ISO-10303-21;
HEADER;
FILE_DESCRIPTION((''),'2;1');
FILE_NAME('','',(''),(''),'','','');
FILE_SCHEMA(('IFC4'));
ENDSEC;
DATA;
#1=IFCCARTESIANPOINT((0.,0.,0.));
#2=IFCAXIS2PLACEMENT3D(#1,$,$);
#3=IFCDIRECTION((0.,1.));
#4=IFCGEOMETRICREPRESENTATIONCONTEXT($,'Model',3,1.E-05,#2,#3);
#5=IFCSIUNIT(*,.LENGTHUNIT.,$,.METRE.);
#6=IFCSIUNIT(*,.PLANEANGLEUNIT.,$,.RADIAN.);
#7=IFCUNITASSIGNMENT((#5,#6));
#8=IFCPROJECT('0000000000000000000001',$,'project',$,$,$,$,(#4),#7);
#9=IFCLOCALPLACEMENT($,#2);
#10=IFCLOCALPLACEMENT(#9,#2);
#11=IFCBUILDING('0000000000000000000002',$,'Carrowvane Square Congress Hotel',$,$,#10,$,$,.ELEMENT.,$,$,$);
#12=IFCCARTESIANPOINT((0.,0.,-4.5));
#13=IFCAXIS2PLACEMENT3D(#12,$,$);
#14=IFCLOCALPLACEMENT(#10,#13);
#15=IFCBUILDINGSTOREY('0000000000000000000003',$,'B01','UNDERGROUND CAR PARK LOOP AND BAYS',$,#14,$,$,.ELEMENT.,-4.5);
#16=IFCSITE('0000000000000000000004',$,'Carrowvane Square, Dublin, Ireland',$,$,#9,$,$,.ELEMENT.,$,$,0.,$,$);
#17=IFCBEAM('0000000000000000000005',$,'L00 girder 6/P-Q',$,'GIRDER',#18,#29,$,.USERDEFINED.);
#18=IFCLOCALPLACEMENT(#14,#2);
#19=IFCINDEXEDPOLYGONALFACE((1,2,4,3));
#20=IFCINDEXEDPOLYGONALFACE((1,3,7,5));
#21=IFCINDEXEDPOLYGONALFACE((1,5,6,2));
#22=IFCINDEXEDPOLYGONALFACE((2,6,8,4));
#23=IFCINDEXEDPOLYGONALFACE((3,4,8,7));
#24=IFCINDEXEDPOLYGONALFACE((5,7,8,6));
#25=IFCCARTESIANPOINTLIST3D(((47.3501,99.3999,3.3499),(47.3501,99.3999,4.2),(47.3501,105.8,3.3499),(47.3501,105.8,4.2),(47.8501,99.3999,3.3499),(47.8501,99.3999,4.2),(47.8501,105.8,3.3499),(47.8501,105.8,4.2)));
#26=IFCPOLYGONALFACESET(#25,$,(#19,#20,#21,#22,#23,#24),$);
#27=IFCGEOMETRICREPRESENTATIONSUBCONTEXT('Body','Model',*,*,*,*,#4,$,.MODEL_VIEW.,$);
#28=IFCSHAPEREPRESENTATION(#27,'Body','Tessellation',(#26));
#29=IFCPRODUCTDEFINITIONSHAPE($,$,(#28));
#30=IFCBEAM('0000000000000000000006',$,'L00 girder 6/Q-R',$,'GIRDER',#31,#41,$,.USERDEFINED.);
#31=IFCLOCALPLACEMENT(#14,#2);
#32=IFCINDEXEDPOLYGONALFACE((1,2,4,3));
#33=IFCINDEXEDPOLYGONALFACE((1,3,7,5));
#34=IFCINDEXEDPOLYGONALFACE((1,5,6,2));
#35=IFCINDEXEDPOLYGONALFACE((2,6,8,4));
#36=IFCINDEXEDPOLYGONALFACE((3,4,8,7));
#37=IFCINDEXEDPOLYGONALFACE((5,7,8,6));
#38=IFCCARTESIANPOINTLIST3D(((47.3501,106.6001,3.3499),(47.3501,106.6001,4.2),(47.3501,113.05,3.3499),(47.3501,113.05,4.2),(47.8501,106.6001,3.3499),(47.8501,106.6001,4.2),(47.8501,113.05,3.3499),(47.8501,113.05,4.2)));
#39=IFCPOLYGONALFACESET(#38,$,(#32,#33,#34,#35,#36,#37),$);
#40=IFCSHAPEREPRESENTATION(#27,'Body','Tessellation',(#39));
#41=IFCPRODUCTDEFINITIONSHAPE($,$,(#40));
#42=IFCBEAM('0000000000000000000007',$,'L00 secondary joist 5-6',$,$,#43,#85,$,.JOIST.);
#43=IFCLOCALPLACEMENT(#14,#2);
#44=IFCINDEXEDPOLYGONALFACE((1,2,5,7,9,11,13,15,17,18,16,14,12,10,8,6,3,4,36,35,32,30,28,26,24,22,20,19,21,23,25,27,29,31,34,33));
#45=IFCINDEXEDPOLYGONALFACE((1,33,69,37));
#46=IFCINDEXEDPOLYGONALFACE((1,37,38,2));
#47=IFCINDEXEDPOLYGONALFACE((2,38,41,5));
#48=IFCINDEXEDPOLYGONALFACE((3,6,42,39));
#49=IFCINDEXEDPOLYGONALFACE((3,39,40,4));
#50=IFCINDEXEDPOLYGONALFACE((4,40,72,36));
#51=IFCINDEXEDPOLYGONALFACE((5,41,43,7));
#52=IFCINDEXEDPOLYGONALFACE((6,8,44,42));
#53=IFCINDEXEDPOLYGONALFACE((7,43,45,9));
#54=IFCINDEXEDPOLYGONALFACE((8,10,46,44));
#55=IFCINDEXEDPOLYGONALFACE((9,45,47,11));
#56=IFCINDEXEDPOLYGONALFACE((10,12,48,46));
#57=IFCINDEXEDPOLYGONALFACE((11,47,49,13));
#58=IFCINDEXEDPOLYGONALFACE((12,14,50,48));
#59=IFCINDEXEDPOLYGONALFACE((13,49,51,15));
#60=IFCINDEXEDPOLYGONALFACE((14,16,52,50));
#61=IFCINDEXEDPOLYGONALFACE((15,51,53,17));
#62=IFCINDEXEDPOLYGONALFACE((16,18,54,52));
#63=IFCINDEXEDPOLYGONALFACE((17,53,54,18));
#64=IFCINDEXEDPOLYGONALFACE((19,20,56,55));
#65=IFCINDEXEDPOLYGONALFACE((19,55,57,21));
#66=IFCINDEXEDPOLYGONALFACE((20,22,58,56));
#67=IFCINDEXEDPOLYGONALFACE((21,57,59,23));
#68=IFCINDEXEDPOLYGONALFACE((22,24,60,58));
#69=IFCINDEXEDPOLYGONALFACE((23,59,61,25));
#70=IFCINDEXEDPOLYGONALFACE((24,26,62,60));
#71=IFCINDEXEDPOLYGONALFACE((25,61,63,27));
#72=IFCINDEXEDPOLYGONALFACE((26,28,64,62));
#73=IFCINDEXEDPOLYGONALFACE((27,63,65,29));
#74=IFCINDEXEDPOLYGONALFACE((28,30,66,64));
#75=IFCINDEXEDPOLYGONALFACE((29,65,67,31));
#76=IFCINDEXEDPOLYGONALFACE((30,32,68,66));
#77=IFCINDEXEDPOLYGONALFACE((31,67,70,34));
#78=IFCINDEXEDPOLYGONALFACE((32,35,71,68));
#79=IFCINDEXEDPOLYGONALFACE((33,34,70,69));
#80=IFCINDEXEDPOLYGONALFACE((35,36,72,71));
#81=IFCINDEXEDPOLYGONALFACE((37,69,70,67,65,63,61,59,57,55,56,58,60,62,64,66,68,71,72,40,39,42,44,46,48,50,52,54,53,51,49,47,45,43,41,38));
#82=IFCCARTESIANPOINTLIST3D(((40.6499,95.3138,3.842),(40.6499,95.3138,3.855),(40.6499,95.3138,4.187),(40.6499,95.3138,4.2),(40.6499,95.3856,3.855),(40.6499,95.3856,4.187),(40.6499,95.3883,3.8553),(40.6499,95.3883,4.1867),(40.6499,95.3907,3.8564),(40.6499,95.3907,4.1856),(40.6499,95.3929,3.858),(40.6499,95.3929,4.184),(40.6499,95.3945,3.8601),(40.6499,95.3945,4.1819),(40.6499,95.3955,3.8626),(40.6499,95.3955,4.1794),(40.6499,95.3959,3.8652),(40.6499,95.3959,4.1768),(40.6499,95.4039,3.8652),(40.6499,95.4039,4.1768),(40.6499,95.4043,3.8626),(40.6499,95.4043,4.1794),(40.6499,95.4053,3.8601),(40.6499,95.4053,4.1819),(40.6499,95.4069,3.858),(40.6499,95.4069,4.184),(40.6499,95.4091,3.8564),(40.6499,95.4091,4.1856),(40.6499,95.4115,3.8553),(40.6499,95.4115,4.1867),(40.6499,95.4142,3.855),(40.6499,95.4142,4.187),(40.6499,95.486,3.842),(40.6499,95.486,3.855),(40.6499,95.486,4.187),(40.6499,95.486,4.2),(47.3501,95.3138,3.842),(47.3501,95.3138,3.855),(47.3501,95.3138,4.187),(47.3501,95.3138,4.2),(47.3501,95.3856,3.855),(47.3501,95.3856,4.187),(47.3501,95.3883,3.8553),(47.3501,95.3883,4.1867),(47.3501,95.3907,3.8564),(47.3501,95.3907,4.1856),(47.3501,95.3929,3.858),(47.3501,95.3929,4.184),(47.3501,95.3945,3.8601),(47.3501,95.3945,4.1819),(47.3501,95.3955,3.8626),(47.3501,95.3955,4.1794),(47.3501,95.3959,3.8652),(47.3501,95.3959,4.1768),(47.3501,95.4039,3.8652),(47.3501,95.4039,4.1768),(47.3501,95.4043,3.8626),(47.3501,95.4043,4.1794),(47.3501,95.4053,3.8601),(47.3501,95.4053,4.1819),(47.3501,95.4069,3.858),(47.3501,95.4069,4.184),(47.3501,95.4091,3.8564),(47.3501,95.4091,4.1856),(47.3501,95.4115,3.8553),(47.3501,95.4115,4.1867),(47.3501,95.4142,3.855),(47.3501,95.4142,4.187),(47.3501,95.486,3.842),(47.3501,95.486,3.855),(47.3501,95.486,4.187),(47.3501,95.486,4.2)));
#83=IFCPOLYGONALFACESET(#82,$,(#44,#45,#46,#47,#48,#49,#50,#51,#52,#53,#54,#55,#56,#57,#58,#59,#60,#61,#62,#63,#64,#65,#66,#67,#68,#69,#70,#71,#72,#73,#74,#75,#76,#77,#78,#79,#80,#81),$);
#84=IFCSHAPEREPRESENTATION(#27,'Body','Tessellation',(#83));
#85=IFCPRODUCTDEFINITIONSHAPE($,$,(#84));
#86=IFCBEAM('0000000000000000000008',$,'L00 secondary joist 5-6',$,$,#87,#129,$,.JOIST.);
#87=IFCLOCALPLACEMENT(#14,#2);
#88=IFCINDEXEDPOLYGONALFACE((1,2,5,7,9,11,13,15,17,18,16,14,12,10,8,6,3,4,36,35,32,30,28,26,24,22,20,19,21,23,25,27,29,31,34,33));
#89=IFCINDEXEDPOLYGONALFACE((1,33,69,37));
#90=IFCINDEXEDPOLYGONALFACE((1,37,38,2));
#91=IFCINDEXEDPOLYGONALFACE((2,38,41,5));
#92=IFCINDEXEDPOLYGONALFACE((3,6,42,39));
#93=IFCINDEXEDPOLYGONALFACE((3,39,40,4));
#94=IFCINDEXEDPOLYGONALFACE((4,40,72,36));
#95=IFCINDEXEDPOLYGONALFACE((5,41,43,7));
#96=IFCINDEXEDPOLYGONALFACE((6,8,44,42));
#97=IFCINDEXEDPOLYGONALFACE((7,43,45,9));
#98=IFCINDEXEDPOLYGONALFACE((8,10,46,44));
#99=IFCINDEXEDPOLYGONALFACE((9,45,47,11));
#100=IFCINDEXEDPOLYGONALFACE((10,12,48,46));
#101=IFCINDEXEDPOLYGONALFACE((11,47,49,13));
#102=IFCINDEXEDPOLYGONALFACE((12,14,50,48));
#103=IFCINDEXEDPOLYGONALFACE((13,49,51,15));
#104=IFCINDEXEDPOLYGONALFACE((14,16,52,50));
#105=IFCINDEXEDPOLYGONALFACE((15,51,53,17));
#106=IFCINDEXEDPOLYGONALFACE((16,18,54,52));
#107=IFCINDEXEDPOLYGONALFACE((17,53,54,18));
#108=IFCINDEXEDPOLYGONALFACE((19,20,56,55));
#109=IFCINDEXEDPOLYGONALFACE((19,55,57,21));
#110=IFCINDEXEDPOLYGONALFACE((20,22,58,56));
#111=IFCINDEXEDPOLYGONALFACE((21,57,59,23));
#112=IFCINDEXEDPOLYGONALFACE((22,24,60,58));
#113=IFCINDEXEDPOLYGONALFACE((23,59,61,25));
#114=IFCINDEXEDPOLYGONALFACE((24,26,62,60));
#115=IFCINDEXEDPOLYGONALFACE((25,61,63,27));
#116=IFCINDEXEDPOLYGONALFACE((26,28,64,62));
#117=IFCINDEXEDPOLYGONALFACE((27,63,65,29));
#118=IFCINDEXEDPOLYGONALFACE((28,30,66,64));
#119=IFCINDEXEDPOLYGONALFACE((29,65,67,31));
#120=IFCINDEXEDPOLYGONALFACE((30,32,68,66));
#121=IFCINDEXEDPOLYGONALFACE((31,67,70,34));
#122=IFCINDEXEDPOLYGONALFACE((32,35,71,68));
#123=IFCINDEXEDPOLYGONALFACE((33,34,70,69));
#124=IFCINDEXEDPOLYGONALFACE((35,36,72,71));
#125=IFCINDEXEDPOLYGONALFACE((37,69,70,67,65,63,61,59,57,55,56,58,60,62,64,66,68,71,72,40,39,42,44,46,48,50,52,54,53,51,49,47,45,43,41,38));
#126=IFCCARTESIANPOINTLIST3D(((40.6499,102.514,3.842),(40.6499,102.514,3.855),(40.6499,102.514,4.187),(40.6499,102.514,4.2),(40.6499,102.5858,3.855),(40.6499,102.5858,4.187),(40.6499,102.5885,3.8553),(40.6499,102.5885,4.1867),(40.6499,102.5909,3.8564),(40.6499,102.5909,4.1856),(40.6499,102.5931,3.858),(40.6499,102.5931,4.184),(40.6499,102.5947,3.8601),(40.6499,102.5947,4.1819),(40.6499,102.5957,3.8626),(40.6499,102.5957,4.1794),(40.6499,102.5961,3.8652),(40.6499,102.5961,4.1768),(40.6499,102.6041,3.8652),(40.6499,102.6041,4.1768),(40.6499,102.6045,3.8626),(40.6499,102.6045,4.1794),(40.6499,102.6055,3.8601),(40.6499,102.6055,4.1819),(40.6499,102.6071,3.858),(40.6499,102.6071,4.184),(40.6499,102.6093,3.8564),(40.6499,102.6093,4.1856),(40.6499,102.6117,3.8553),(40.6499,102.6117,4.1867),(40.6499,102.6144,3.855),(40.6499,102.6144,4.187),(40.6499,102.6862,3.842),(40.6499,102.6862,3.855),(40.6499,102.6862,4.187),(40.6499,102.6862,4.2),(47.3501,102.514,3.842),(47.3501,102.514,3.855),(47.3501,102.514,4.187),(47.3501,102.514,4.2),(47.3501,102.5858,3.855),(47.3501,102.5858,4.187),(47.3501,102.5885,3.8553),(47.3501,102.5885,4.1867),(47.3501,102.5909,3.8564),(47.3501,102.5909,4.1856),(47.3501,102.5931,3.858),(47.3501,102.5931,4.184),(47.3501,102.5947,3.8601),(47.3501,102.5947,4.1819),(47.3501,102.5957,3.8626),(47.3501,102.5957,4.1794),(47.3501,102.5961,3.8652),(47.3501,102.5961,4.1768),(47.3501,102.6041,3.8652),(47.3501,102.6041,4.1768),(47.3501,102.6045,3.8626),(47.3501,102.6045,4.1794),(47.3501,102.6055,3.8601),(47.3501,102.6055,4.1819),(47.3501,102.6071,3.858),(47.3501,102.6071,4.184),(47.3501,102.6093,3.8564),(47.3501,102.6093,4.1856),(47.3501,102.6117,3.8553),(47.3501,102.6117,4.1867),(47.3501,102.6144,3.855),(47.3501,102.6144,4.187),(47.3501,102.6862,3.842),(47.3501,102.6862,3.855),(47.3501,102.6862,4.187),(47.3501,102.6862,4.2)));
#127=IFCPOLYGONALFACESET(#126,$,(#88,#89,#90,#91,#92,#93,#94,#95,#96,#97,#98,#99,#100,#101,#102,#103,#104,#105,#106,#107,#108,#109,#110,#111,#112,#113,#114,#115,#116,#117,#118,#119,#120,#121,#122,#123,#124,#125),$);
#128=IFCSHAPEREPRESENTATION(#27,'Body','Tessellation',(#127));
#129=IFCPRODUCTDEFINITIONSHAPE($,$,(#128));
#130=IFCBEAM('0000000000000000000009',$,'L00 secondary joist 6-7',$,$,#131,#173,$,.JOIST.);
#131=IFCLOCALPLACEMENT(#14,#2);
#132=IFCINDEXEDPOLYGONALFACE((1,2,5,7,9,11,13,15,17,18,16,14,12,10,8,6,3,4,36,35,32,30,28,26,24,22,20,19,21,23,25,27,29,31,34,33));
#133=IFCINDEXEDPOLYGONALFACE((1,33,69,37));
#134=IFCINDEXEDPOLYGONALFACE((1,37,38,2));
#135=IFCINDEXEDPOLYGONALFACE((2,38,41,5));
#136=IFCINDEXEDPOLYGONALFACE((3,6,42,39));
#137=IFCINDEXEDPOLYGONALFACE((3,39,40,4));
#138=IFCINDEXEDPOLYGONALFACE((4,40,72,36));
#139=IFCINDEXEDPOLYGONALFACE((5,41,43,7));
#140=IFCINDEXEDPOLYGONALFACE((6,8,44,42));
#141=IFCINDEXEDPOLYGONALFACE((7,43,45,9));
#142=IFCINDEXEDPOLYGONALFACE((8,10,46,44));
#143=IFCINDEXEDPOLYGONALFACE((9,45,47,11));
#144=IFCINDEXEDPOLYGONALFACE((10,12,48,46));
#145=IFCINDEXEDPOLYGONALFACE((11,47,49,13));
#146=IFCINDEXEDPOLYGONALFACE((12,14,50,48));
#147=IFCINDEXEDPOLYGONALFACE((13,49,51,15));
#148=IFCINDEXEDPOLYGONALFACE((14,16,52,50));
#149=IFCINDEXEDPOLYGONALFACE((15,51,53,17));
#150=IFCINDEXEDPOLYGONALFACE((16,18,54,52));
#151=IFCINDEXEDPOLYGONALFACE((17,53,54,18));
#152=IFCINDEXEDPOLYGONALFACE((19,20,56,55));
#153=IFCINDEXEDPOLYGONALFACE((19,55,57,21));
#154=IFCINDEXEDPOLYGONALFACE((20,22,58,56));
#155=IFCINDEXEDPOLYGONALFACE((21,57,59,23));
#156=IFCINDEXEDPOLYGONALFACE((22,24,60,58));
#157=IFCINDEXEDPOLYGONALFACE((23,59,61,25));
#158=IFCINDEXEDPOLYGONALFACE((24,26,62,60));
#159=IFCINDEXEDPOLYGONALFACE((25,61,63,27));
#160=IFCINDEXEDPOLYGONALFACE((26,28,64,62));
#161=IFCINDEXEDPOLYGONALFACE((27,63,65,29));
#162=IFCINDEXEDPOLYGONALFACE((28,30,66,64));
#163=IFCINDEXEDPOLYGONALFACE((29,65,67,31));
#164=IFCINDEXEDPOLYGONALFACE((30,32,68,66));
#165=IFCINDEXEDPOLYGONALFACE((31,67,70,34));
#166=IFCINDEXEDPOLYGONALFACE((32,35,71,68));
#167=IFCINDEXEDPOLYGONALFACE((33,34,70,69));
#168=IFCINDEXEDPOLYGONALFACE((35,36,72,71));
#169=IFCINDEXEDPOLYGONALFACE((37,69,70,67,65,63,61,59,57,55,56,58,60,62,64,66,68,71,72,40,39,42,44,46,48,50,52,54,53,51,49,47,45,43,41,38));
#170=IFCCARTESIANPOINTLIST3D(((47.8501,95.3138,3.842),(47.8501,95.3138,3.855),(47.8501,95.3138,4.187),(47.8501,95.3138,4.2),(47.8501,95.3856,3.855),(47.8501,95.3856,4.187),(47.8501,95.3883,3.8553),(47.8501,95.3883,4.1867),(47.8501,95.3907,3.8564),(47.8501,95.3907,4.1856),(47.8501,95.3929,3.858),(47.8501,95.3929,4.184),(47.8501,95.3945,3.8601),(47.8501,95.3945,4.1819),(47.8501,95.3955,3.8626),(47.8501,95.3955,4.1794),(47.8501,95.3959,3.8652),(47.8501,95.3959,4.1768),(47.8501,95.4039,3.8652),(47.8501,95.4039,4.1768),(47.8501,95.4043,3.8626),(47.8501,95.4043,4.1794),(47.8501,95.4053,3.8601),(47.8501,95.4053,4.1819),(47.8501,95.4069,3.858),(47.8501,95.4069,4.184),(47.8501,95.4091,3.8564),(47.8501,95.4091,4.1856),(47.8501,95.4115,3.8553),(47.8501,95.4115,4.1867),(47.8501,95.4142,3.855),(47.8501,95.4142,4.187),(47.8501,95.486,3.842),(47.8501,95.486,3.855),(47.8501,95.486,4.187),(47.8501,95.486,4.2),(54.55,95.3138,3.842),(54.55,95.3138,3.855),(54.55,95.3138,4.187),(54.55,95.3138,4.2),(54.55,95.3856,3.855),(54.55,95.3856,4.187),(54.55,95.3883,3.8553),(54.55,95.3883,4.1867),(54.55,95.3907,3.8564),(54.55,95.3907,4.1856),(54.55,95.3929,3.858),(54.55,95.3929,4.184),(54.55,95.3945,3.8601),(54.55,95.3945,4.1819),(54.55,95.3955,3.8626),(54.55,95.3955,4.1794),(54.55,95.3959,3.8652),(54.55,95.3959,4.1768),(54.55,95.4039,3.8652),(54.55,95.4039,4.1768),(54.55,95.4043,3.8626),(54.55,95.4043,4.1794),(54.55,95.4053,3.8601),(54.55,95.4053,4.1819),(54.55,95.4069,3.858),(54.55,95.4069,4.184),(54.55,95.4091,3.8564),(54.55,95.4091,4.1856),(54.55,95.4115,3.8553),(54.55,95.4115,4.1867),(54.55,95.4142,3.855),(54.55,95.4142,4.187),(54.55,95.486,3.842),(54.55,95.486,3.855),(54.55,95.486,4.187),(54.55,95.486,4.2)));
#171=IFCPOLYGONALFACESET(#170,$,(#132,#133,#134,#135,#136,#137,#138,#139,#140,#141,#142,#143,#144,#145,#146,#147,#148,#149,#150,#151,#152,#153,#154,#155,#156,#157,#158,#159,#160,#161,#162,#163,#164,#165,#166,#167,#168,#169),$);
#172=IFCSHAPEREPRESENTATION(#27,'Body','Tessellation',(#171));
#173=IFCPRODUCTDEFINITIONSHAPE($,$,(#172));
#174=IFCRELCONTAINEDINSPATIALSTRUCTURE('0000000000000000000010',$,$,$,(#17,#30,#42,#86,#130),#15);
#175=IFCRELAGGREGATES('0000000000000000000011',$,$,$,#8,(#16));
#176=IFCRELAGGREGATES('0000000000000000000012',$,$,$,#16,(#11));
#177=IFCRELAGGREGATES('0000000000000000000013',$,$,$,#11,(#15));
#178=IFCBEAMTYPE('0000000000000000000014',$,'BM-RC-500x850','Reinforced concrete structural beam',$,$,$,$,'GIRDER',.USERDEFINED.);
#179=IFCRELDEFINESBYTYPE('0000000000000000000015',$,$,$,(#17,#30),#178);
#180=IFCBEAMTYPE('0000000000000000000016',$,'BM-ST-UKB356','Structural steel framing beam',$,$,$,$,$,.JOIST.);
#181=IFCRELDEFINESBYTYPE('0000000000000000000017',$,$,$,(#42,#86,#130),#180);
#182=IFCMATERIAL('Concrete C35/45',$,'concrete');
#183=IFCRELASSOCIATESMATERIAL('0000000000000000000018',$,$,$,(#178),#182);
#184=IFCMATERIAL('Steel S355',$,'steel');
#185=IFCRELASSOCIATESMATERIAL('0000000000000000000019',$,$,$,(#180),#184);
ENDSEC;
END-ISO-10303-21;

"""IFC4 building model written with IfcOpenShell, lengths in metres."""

from ifc_helpers import new_model, si_unit, direction, frame, origin, origin_2d, place, context, subcontext, project, spatial, rectangle, i_section, extrude, material, material_profile, profile_set, type_object, element, save


model = new_model("IFC4")

# Units and contexts
model_context = context("Model", 3, precision=1e-05, world=origin(), true_north=direction((0.0, 1.0)))
body_context = subcontext(model_context, "Body", "Model", "MODEL_VIEW")
ifc_project = project(units=[si_unit("LENGTHUNIT", "METRE"), si_unit("PLANEANGLEUNIT", "RADIAN")], contexts=[model_context])

# Site, building, storey
site_placement = place(None, origin())
site = spatial("IfcSite", under=ifc_project, at=site_placement, Name="Carrowvane Square, Dublin, Ireland", CompositionType="ELEMENT", RefElevation=0.0)
building_placement = place(site_placement, origin())
building = spatial("IfcBuilding", under=site, at=building_placement, Name="Carrowvane Square Congress Hotel", CompositionType="ELEMENT")
storey_placement = place(building_placement, frame((0.0, 0.0, -4.5)))
storey = spatial("IfcBuildingStorey", under=building, at=storey_placement, Name="B01", Description="UNDERGROUND CAR PARK LOOP AND BAYS", CompositionType="ELEMENT", Elevation=-4.5)

# Beams
ifc_material_1 = material(Name="Concrete C35/45", Category="concrete")
ifc_material_profile_1 = material_profile(ifc_material_1, rectangle(XDim=0.5, YDim=0.8501, at=origin_2d()), Name="RC 500x850")
ifc_profile_set_1 = profile_set([ifc_material_profile_1], Name="Concrete C35/45")
beam_type_1 = type_object("IfcBeamType", Name="BM-RC-500x850", Description="Reinforced concrete structural beam", ElementType="GIRDER", PredefinedType="USERDEFINED", material=ifc_profile_set_1)
beam_1_placement = place(storey_placement, frame((47.6001, 99.3999, 3.7749), z_axis=(0.0, 1.0, 0.0), x_axis=(-1.0, 0.0, 0.0)))
element("IfcBeam", 1, at=beam_1_placement, inside=storey, type_object=beam_type_1, Name="L00 girder 6/P-Q", ObjectType="GIRDER", PredefinedType="USERDEFINED", context=body_context, shape_type="SweptSolid", body=[
    extrude(rectangle(XDim=0.5, YDim=0.8501, at=origin_2d()), origin(), (0.0, 0.0, 1.0), 6.4001),
])
beam_2_placement = place(storey_placement, frame((47.6001, 106.6001, 3.7749), z_axis=(0.0, 1.0, 0.0), x_axis=(-1.0, 0.0, 0.0)))
element("IfcBeam", 2, at=beam_2_placement, inside=storey, type_object=beam_type_1, Name="L00 girder 6/Q-R", ObjectType="GIRDER", PredefinedType="USERDEFINED", context=body_context, shape_type="SweptSolid", body=[
    extrude(rectangle(XDim=0.5, YDim=0.8501, at=origin_2d()), origin(), (0.0, 0.0, 1.0), 6.45),
])
ifc_material_2 = material(Name="Steel S355", Category="steel")
ifc_material_profile_2 = material_profile(ifc_material_2, i_section(OverallWidth=0.1721, OverallDepth=0.3579, WebThickness=0.0081, FlangeThickness=0.0129, FilletRadius=0.0103, at=origin_2d()), Name="UKB 356x171x57")
ifc_profile_set_2 = profile_set([ifc_material_profile_2], Name="Steel S355")
beam_type_2 = type_object("IfcBeamType", Name="BM-ST-UKB356", Description="Structural steel framing beam", PredefinedType="JOIST", material=ifc_profile_set_2)
for number, where, z_axis, x_axis, name in (
    (3, (40.6499, 95.3999, 4.021), (1.0, 0.0, 0.0), (0.0, 1.0, 0.0), "L00 secondary joist 5-6"),
    (4, (40.6499, 102.6001, 4.021), (1.0, 0.0, 0.0), (0.0, 1.0, 0.0), "L00 secondary joist 5-6"),
):
    element("IfcBeam", number, at=place(storey_placement, frame(where, z_axis=z_axis, x_axis=x_axis)), inside=storey, type_object=beam_type_2, Name=name, PredefinedType="JOIST", context=body_context, shape_type="SweptSolid", body=[
        extrude(i_section(OverallWidth=0.1721, OverallDepth=0.3579, WebThickness=0.0081, FlangeThickness=0.0129, FilletRadius=0.0103, at=origin_2d()), origin(), (0.0, 0.0, 1.0), 6.7002),
    ])
for number, where, z_axis, x_axis, name in (
    (5, (47.8501, 95.3999, 4.021), (1.0, 0.0, 0.0), (0.0, 1.0, 0.0), "L00 secondary joist 6-7"),
):
    element("IfcBeam", number, at=place(storey_placement, frame(where, z_axis=z_axis, x_axis=x_axis)), inside=storey, type_object=beam_type_2, Name=name, PredefinedType="JOIST", context=body_context, shape_type="SweptSolid", body=[
        extrude(i_section(OverallWidth=0.1721, OverallDepth=0.3579, WebThickness=0.0081, FlangeThickness=0.0129, FilletRadius=0.0103, at=origin_2d()), origin(), (0.0, 0.0, 1.0), 6.7),
    ])

save(model, "model.ifc")
